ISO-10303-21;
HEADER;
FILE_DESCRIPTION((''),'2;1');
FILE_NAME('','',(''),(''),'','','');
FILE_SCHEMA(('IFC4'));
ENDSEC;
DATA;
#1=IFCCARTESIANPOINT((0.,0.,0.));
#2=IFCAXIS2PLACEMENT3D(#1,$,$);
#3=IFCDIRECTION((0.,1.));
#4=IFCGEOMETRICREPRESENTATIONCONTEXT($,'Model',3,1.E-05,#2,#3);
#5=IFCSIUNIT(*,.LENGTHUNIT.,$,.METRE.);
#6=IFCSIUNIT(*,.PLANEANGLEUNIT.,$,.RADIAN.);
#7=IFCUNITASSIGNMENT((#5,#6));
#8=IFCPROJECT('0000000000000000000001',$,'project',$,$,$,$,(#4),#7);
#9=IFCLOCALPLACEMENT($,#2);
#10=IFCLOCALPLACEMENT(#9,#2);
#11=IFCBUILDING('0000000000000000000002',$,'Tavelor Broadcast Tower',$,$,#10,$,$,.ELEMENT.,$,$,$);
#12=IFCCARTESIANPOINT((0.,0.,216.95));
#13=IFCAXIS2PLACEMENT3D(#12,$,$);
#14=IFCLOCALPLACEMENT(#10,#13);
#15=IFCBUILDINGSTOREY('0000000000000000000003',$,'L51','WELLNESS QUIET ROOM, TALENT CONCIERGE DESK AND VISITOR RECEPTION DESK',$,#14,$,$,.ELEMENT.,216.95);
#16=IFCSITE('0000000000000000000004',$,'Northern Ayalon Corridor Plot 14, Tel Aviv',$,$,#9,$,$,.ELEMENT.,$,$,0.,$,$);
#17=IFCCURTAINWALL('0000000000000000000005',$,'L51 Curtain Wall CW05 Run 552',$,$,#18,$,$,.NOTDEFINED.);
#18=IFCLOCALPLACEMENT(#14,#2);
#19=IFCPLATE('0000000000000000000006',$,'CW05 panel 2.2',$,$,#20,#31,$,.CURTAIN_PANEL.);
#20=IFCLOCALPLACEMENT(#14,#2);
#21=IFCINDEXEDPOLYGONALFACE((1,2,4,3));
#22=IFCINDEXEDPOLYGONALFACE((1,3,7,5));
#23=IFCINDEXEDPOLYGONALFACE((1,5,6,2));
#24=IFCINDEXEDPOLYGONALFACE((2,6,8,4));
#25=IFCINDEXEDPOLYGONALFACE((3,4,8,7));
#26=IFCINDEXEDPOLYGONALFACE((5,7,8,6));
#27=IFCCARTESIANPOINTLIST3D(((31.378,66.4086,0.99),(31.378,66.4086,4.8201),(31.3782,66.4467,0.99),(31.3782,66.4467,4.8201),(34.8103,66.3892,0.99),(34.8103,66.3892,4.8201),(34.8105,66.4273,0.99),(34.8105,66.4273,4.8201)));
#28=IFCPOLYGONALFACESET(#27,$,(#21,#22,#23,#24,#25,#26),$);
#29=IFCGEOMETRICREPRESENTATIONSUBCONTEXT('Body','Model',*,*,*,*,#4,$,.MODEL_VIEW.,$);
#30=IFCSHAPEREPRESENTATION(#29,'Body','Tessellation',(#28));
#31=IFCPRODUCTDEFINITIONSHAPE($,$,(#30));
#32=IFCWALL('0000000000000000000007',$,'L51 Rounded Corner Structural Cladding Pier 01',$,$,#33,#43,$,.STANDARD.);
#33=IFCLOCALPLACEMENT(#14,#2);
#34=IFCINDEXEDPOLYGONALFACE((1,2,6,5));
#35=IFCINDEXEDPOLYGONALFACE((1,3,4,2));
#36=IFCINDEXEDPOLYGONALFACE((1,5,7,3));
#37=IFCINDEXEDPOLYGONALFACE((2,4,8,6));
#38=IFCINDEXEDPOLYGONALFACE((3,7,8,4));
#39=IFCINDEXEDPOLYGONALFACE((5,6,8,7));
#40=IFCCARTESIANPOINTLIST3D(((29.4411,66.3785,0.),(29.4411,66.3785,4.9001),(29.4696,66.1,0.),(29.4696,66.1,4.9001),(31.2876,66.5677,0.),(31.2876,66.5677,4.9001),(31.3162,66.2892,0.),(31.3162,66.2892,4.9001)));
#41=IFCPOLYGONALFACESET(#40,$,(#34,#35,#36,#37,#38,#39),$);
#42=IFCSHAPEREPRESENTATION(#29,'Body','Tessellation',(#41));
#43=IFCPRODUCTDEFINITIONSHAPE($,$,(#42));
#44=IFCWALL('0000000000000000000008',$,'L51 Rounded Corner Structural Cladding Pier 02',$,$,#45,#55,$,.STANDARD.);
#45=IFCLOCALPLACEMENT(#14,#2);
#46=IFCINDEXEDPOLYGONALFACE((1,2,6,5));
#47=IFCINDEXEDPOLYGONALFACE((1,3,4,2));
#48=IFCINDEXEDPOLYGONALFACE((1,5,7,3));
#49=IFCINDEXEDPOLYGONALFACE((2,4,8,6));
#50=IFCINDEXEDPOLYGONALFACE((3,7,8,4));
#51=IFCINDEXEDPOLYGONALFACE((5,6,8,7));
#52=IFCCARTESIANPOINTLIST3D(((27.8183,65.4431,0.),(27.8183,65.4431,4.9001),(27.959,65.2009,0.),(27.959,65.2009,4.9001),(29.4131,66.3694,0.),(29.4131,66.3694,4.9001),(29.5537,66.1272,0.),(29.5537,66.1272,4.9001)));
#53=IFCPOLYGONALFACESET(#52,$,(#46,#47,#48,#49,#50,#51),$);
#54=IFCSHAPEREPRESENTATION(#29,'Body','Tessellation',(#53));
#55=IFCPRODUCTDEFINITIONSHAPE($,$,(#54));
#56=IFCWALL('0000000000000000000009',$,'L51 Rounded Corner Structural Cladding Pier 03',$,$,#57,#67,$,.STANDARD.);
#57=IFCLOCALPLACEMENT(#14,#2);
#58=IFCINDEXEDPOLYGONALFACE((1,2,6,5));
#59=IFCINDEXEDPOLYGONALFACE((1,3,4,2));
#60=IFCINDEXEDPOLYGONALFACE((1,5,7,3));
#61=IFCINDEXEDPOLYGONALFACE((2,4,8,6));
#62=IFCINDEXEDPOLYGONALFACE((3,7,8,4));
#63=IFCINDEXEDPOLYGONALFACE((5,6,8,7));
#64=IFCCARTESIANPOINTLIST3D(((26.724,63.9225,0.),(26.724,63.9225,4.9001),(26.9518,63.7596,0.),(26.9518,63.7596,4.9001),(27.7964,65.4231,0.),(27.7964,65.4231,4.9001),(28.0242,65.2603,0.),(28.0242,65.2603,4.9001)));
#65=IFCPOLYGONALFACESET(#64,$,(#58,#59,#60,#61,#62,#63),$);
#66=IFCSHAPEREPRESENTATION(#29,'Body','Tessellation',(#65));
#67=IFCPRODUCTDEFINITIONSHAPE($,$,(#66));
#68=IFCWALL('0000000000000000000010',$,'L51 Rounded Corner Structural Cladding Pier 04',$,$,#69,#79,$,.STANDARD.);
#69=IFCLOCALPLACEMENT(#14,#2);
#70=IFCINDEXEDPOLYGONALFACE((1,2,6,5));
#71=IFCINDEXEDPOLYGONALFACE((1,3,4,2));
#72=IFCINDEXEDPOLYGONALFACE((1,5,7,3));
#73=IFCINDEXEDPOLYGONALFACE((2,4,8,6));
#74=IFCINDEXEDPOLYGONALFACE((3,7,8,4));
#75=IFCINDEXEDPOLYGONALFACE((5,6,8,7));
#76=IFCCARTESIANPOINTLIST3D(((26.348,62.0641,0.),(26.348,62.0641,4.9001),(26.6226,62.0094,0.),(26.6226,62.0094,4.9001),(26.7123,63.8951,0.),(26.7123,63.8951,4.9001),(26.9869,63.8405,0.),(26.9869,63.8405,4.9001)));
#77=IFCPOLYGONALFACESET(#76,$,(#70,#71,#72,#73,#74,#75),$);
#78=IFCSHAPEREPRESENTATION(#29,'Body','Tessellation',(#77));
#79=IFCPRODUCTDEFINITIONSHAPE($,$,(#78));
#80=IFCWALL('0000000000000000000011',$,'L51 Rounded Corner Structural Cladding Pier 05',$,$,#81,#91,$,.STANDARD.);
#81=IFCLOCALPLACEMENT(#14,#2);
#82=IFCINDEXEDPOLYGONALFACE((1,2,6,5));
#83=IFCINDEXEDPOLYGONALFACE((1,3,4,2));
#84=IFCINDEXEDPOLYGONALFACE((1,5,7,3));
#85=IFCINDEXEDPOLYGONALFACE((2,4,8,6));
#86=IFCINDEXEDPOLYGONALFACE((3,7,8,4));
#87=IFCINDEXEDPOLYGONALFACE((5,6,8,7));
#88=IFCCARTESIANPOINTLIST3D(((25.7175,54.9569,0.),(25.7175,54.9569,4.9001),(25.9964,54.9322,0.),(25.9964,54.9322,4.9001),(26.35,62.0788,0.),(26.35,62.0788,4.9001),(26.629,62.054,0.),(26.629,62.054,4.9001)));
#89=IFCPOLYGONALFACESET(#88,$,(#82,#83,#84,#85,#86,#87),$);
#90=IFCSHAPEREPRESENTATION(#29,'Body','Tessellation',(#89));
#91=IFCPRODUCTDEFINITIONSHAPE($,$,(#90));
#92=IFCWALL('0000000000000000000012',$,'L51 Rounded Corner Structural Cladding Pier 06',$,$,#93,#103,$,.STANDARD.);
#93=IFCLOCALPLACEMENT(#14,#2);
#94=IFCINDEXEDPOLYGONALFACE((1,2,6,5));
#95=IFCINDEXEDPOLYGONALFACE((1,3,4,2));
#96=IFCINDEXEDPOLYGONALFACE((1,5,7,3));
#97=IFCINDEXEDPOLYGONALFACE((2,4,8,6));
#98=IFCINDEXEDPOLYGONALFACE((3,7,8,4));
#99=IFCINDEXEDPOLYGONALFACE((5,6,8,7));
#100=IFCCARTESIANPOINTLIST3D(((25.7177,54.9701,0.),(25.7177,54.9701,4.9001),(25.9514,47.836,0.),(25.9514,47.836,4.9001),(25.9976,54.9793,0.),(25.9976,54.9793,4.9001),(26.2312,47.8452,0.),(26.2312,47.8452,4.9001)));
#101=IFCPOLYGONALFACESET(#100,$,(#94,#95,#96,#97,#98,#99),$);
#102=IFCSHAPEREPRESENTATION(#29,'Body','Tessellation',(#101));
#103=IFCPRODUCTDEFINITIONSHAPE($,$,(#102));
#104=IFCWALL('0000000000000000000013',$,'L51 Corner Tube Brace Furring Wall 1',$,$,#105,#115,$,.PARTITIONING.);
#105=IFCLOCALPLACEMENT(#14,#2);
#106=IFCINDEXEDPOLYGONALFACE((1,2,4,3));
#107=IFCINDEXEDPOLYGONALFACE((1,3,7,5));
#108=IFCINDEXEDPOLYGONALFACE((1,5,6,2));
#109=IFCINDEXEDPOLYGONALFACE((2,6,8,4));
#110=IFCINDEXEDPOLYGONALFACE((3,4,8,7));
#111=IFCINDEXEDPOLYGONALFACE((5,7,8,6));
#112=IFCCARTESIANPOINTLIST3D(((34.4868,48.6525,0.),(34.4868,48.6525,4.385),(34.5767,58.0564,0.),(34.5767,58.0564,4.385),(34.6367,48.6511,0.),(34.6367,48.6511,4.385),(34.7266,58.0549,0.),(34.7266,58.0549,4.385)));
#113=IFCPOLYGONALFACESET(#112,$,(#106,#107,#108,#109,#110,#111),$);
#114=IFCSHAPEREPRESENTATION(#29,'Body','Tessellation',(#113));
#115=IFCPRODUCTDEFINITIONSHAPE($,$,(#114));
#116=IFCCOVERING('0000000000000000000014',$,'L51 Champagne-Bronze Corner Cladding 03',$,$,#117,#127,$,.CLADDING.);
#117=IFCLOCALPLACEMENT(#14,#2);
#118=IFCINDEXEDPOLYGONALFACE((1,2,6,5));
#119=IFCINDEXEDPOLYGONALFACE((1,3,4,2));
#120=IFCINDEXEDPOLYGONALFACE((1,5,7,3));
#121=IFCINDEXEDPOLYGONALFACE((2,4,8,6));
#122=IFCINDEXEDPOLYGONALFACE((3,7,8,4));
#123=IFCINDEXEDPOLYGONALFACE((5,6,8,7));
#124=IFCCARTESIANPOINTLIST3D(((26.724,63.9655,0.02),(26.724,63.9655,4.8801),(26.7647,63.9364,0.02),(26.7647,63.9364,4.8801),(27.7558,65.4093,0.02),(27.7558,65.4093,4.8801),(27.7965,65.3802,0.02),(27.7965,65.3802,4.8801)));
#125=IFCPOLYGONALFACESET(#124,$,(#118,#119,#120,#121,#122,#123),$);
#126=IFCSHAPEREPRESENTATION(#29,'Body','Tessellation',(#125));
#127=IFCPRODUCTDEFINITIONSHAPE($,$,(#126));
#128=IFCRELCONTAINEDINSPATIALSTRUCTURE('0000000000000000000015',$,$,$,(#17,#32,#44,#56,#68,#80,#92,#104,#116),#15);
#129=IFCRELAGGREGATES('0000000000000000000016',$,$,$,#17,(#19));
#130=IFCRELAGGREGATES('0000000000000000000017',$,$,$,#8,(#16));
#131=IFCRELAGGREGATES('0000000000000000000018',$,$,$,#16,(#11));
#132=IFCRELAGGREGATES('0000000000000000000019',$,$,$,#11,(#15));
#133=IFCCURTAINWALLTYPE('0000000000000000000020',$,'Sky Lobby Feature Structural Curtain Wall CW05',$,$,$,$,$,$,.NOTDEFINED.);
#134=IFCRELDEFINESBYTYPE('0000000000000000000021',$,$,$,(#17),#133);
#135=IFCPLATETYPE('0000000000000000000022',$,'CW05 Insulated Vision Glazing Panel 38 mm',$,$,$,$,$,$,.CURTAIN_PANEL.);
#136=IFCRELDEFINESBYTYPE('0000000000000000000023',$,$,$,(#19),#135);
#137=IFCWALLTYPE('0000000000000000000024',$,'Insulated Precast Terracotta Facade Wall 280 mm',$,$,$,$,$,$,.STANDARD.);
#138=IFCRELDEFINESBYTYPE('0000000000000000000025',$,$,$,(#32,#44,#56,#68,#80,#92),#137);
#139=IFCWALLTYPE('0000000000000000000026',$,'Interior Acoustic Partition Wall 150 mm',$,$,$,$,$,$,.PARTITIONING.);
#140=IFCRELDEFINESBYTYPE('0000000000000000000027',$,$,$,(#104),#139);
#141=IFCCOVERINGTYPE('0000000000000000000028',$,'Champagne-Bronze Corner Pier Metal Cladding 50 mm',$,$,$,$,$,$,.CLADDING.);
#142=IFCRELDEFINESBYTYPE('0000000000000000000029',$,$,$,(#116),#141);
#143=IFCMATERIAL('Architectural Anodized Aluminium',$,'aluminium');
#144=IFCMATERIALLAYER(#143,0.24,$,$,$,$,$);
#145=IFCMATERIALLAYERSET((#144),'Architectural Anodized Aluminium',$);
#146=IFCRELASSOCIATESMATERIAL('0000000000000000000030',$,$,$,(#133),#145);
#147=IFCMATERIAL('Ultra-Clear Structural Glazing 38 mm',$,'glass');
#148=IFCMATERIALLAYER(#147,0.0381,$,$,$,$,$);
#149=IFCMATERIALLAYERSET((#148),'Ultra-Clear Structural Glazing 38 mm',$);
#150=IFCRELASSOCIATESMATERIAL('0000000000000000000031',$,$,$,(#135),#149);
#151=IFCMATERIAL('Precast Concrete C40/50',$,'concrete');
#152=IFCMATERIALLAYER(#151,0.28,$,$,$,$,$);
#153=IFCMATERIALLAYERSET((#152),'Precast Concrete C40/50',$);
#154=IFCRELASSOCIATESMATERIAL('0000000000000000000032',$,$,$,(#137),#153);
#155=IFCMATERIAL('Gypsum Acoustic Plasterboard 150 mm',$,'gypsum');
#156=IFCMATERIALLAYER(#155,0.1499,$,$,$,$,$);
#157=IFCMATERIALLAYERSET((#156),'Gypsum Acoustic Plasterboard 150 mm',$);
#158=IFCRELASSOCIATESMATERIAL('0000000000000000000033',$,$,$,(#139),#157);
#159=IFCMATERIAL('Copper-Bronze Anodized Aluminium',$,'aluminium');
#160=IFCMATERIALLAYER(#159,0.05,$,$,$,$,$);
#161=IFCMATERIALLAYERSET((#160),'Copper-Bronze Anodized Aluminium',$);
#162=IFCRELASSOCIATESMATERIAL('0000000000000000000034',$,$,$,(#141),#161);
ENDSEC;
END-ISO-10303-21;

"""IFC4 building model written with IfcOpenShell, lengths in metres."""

from ifc_helpers import new_model, si_unit, direction, frame, frame_2d, origin, origin_2d, place, context, subcontext, project, spatial, rectangle, extrude, source, transform, mapped, material, layer, layer_set, type_object, element, aggregate, save


model = new_model("IFC4")

# Units and contexts
model_context = context("Model", 3, precision=1e-05, world=origin(), true_north=direction((0.0, 1.0)))
body_context = subcontext(model_context, "Body", "Model", "MODEL_VIEW")
ifc_project = project(units=[si_unit("LENGTHUNIT", "METRE"), si_unit("PLANEANGLEUNIT", "RADIAN")], contexts=[model_context])

# Site, building, storey
site_placement = place(None, origin())
site = spatial("IfcSite", under=ifc_project, at=site_placement, Name="Northern Ayalon Corridor Plot 14, Tel Aviv", CompositionType="ELEMENT", RefElevation=0.0)
building_placement = place(site_placement, origin())
building = spatial("IfcBuilding", under=site, at=building_placement, Name="Tavelor Broadcast Tower", CompositionType="ELEMENT")
storey_placement = place(building_placement, frame((0.0, 0.0, 216.95)))
storey = spatial("IfcBuildingStorey", under=building, at=storey_placement, Name="L51", Description="WELLNESS QUIET ROOM, TALENT CONCIERGE DESK AND VISITOR RECEPTION DESK", CompositionType="ELEMENT", Elevation=216.95)

# Curtain wall
ifc_material_1 = material(Name="Architectural Anodized Aluminium", Category="aluminium")
ifc_layer_1 = layer(ifc_material_1, 0.24)
ifc_layer_set_1 = layer_set([ifc_layer_1], Name="Architectural Anodized Aluminium")
curtain_wall_type = type_object("IfcCurtainWallType", Name="Sky Lobby Feature Structural Curtain Wall CW05", PredefinedType="NOTDEFINED", material=ifc_layer_set_1)
curtain_wall_placement = place(storey_placement, origin())
curtain_wall = element("IfcCurtainWall", 1, at=curtain_wall_placement, inside=storey, type_object=curtain_wall_type, Name="L51 Curtain Wall CW05 Run 552", PredefinedType="NOTDEFINED")

# Plate
ifc_material_2 = material(Name="Ultra-Clear Structural Glazing 38 mm", Category="glass")
ifc_layer_2 = layer(ifc_material_2, 0.0381)
ifc_layer_set_2 = layer_set([ifc_layer_2], Name="Ultra-Clear Structural Glazing 38 mm")
plate_type_1 = type_object("IfcPlateType", Name="CW05 Insulated Vision Glazing Panel 38 mm", PredefinedType="CURTAIN_PANEL", material=ifc_layer_set_2)
shared_shape_1 = source(origin(), body_context, "Body", "SweptSolid", [
    extrude(rectangle(XDim=3.4324, YDim=0.0381, at=origin_2d()), origin(), (0.0, 0.0, 1.0), 3.8301),
])
plate_1_placement = place(storey_placement, frame((33.0942, 66.418, 0.99), z_axis=(0.0, 0.0, 1.0), x_axis=(-0.999984, 0.005658, 0.0)))
plate_1 = element("IfcPlate", 2, at=plate_1_placement, type_object=plate_type_1, Name="CW05 panel 2.2", PredefinedType="CURTAIN_PANEL", context=body_context, shape_type="MappedRepresentation", body=[
    mapped(shared_shape_1, transform((0.0, 0.0, 0.0), scale=1.0)),
])
aggregate(curtain_wall, [plate_1])

# Walls
ifc_material_3 = material(Name="Precast Concrete C40/50", Category="concrete")
ifc_layer_3 = layer(ifc_material_3, 0.28)
ifc_layer_set_3 = layer_set([ifc_layer_3], Name="Precast Concrete C40/50")
wall_type_1 = type_object("IfcWallType", Name="Insulated Precast Terracotta Facade Wall 280 mm", PredefinedType="STANDARD", material=ifc_layer_set_3)
wall_1_placement = place(storey_placement, frame((31.302, 66.4285, 0.0), z_axis=(0.0, 0.0, 1.0), x_axis=(-0.994791, -0.101939, 0.0)))
element("IfcWall", 3, at=wall_1_placement, inside=storey, type_object=wall_type_1, Name="L51 Rounded Corner Structural Cladding Pier 01", PredefinedType="STANDARD", context=body_context, shape_type="SweptSolid", body=[
    extrude(rectangle(XDim=1.8562, YDim=0.28, at=frame_2d((0.9282, 0.0))), origin(), (0.0, 0.0, 1.0), 4.9001),
])
wall_2_placement = place(storey_placement, frame((29.4834, 66.2483, 0.0), z_axis=(0.0, 0.0, 1.0), x_axis=(-0.864718, -0.502257, 0.0)))
element("IfcWall", 4, at=wall_2_placement, inside=storey, type_object=wall_type_1, Name="L51 Rounded Corner Structural Cladding Pier 02", PredefinedType="STANDARD", context=body_context, shape_type="SweptSolid", body=[
    extrude(rectangle(XDim=1.8442, YDim=0.28, at=frame_2d((0.9221, 0.0))), origin(), (0.0, 0.0, 1.0), 4.9001),
])
wall_3_placement = place(storey_placement, frame((27.9104, 65.3418, 0.0), z_axis=(0.0, 0.0, 1.0), x_axis=(-0.581438, -0.81359, 0.0)))
element("IfcWall", 5, at=wall_3_placement, inside=storey, type_object=wall_type_1, Name="L51 Rounded Corner Structural Cladding Pier 03", PredefinedType="STANDARD", context=body_context, shape_type="SweptSolid", body=[
    extrude(rectangle(XDim=1.8445, YDim=0.28, at=frame_2d((0.9224, 0.0))), origin(), (0.0, 0.0, 1.0), 4.9001),
])
wall_4_placement = place(storey_placement, frame((26.8496, 63.8679, 0.0), z_axis=(0.0, 0.0, 1.0), x_axis=(-0.19511, -0.980781, 0.0)))
element("IfcWall", 6, at=wall_4_placement, inside=storey, type_object=wall_type_1, Name="L51 Rounded Corner Structural Cladding Pier 04", PredefinedType="STANDARD", context=body_context, shape_type="SweptSolid", body=[
    extrude(rectangle(XDim=1.8669, YDim=0.28, at=frame_2d((0.9336, 0.0))), origin(), (0.0, 0.0, 1.0), 4.9001),
])
wall_5_placement = place(storey_placement, frame((26.4895, 62.0664, 0.0), z_axis=(0.0, 0.0, 1.0), x_axis=(-0.088473, -0.996079, 0.0)))
element("IfcWall", 7, at=wall_5_placement, inside=storey, type_object=wall_type_1, Name="L51 Rounded Corner Structural Cladding Pier 05", PredefinedType="STANDARD", context=body_context, shape_type="SweptSolid", body=[
    extrude(rectangle(XDim=7.1499, YDim=0.28, at=frame_2d((3.575, 0.0))), origin(), (0.0, 0.0, 1.0), 4.9001),
])
wall_6_placement = place(storey_placement, frame((25.8577, 54.9746, 0.0), z_axis=(0.0, 0.0, 1.0), x_axis=(0.032733, -0.999464, 0.0)))
element("IfcWall", 8, at=wall_6_placement, inside=storey, type_object=wall_type_1, Name="L51 Rounded Corner Structural Cladding Pier 06", PredefinedType="STANDARD", context=body_context, shape_type="SweptSolid", body=[
    extrude(rectangle(XDim=7.1379, YDim=0.28, at=frame_2d((3.5688, 0.0))), origin(), (0.0, 0.0, 1.0), 4.9001),
])
ifc_material_4 = material(Name="Gypsum Acoustic Plasterboard 150 mm", Category="gypsum")
ifc_layer_4 = layer(ifc_material_4, 0.1499)
ifc_layer_set_4 = layer_set([ifc_layer_4], Name="Gypsum Acoustic Plasterboard 150 mm")
wall_type_2 = type_object("IfcWallType", Name="Interior Acoustic Partition Wall 150 mm", PredefinedType="PARTITIONING", material=ifc_layer_set_4)
wall_7_placement = place(storey_placement, frame((34.6516, 58.0557, 0.0), z_axis=(0.0, 0.0, 1.0), x_axis=(-0.009554, -0.999954, 0.0)))
element("IfcWall", 9, at=wall_7_placement, inside=storey, type_object=wall_type_2, Name="L51 Corner Tube Brace Furring Wall 1", PredefinedType="PARTITIONING", context=body_context, shape_type="SweptSolid", body=[
    extrude(rectangle(XDim=9.4043, YDim=0.1499, at=frame_2d((4.7021, 0.0))), origin(), (0.0, 0.0, 1.0), 4.385),
])

# Covering
ifc_material_5 = material(Name="Copper-Bronze Anodized Aluminium", Category="aluminium")
ifc_layer_5 = layer(ifc_material_5, 0.05)
ifc_layer_set_5 = layer_set([ifc_layer_5], Name="Copper-Bronze Anodized Aluminium")
covering_type = type_object("IfcCoveringType", Name="Champagne-Bronze Corner Pier Metal Cladding 50 mm", PredefinedType="CLADDING", material=ifc_layer_set_5)
covering_placement = place(storey_placement, frame((27.2603, 64.6729, 0.02), z_axis=(0.0, 0.0, 1.0), x_axis=(-0.581413, -0.813608, 0.0)))
element("IfcCovering", 10, at=covering_placement, inside=storey, type_object=covering_type, Name="L51 Champagne-Bronze Corner Cladding 03", PredefinedType="CLADDING", context=body_context, shape_type="SweptSolid", body=[
    extrude(rectangle(XDim=1.7747, YDim=0.05, at=origin_2d()), origin(), (0.0, 0.0, 1.0), 4.8601),
])

save(model, "model.ifc")
